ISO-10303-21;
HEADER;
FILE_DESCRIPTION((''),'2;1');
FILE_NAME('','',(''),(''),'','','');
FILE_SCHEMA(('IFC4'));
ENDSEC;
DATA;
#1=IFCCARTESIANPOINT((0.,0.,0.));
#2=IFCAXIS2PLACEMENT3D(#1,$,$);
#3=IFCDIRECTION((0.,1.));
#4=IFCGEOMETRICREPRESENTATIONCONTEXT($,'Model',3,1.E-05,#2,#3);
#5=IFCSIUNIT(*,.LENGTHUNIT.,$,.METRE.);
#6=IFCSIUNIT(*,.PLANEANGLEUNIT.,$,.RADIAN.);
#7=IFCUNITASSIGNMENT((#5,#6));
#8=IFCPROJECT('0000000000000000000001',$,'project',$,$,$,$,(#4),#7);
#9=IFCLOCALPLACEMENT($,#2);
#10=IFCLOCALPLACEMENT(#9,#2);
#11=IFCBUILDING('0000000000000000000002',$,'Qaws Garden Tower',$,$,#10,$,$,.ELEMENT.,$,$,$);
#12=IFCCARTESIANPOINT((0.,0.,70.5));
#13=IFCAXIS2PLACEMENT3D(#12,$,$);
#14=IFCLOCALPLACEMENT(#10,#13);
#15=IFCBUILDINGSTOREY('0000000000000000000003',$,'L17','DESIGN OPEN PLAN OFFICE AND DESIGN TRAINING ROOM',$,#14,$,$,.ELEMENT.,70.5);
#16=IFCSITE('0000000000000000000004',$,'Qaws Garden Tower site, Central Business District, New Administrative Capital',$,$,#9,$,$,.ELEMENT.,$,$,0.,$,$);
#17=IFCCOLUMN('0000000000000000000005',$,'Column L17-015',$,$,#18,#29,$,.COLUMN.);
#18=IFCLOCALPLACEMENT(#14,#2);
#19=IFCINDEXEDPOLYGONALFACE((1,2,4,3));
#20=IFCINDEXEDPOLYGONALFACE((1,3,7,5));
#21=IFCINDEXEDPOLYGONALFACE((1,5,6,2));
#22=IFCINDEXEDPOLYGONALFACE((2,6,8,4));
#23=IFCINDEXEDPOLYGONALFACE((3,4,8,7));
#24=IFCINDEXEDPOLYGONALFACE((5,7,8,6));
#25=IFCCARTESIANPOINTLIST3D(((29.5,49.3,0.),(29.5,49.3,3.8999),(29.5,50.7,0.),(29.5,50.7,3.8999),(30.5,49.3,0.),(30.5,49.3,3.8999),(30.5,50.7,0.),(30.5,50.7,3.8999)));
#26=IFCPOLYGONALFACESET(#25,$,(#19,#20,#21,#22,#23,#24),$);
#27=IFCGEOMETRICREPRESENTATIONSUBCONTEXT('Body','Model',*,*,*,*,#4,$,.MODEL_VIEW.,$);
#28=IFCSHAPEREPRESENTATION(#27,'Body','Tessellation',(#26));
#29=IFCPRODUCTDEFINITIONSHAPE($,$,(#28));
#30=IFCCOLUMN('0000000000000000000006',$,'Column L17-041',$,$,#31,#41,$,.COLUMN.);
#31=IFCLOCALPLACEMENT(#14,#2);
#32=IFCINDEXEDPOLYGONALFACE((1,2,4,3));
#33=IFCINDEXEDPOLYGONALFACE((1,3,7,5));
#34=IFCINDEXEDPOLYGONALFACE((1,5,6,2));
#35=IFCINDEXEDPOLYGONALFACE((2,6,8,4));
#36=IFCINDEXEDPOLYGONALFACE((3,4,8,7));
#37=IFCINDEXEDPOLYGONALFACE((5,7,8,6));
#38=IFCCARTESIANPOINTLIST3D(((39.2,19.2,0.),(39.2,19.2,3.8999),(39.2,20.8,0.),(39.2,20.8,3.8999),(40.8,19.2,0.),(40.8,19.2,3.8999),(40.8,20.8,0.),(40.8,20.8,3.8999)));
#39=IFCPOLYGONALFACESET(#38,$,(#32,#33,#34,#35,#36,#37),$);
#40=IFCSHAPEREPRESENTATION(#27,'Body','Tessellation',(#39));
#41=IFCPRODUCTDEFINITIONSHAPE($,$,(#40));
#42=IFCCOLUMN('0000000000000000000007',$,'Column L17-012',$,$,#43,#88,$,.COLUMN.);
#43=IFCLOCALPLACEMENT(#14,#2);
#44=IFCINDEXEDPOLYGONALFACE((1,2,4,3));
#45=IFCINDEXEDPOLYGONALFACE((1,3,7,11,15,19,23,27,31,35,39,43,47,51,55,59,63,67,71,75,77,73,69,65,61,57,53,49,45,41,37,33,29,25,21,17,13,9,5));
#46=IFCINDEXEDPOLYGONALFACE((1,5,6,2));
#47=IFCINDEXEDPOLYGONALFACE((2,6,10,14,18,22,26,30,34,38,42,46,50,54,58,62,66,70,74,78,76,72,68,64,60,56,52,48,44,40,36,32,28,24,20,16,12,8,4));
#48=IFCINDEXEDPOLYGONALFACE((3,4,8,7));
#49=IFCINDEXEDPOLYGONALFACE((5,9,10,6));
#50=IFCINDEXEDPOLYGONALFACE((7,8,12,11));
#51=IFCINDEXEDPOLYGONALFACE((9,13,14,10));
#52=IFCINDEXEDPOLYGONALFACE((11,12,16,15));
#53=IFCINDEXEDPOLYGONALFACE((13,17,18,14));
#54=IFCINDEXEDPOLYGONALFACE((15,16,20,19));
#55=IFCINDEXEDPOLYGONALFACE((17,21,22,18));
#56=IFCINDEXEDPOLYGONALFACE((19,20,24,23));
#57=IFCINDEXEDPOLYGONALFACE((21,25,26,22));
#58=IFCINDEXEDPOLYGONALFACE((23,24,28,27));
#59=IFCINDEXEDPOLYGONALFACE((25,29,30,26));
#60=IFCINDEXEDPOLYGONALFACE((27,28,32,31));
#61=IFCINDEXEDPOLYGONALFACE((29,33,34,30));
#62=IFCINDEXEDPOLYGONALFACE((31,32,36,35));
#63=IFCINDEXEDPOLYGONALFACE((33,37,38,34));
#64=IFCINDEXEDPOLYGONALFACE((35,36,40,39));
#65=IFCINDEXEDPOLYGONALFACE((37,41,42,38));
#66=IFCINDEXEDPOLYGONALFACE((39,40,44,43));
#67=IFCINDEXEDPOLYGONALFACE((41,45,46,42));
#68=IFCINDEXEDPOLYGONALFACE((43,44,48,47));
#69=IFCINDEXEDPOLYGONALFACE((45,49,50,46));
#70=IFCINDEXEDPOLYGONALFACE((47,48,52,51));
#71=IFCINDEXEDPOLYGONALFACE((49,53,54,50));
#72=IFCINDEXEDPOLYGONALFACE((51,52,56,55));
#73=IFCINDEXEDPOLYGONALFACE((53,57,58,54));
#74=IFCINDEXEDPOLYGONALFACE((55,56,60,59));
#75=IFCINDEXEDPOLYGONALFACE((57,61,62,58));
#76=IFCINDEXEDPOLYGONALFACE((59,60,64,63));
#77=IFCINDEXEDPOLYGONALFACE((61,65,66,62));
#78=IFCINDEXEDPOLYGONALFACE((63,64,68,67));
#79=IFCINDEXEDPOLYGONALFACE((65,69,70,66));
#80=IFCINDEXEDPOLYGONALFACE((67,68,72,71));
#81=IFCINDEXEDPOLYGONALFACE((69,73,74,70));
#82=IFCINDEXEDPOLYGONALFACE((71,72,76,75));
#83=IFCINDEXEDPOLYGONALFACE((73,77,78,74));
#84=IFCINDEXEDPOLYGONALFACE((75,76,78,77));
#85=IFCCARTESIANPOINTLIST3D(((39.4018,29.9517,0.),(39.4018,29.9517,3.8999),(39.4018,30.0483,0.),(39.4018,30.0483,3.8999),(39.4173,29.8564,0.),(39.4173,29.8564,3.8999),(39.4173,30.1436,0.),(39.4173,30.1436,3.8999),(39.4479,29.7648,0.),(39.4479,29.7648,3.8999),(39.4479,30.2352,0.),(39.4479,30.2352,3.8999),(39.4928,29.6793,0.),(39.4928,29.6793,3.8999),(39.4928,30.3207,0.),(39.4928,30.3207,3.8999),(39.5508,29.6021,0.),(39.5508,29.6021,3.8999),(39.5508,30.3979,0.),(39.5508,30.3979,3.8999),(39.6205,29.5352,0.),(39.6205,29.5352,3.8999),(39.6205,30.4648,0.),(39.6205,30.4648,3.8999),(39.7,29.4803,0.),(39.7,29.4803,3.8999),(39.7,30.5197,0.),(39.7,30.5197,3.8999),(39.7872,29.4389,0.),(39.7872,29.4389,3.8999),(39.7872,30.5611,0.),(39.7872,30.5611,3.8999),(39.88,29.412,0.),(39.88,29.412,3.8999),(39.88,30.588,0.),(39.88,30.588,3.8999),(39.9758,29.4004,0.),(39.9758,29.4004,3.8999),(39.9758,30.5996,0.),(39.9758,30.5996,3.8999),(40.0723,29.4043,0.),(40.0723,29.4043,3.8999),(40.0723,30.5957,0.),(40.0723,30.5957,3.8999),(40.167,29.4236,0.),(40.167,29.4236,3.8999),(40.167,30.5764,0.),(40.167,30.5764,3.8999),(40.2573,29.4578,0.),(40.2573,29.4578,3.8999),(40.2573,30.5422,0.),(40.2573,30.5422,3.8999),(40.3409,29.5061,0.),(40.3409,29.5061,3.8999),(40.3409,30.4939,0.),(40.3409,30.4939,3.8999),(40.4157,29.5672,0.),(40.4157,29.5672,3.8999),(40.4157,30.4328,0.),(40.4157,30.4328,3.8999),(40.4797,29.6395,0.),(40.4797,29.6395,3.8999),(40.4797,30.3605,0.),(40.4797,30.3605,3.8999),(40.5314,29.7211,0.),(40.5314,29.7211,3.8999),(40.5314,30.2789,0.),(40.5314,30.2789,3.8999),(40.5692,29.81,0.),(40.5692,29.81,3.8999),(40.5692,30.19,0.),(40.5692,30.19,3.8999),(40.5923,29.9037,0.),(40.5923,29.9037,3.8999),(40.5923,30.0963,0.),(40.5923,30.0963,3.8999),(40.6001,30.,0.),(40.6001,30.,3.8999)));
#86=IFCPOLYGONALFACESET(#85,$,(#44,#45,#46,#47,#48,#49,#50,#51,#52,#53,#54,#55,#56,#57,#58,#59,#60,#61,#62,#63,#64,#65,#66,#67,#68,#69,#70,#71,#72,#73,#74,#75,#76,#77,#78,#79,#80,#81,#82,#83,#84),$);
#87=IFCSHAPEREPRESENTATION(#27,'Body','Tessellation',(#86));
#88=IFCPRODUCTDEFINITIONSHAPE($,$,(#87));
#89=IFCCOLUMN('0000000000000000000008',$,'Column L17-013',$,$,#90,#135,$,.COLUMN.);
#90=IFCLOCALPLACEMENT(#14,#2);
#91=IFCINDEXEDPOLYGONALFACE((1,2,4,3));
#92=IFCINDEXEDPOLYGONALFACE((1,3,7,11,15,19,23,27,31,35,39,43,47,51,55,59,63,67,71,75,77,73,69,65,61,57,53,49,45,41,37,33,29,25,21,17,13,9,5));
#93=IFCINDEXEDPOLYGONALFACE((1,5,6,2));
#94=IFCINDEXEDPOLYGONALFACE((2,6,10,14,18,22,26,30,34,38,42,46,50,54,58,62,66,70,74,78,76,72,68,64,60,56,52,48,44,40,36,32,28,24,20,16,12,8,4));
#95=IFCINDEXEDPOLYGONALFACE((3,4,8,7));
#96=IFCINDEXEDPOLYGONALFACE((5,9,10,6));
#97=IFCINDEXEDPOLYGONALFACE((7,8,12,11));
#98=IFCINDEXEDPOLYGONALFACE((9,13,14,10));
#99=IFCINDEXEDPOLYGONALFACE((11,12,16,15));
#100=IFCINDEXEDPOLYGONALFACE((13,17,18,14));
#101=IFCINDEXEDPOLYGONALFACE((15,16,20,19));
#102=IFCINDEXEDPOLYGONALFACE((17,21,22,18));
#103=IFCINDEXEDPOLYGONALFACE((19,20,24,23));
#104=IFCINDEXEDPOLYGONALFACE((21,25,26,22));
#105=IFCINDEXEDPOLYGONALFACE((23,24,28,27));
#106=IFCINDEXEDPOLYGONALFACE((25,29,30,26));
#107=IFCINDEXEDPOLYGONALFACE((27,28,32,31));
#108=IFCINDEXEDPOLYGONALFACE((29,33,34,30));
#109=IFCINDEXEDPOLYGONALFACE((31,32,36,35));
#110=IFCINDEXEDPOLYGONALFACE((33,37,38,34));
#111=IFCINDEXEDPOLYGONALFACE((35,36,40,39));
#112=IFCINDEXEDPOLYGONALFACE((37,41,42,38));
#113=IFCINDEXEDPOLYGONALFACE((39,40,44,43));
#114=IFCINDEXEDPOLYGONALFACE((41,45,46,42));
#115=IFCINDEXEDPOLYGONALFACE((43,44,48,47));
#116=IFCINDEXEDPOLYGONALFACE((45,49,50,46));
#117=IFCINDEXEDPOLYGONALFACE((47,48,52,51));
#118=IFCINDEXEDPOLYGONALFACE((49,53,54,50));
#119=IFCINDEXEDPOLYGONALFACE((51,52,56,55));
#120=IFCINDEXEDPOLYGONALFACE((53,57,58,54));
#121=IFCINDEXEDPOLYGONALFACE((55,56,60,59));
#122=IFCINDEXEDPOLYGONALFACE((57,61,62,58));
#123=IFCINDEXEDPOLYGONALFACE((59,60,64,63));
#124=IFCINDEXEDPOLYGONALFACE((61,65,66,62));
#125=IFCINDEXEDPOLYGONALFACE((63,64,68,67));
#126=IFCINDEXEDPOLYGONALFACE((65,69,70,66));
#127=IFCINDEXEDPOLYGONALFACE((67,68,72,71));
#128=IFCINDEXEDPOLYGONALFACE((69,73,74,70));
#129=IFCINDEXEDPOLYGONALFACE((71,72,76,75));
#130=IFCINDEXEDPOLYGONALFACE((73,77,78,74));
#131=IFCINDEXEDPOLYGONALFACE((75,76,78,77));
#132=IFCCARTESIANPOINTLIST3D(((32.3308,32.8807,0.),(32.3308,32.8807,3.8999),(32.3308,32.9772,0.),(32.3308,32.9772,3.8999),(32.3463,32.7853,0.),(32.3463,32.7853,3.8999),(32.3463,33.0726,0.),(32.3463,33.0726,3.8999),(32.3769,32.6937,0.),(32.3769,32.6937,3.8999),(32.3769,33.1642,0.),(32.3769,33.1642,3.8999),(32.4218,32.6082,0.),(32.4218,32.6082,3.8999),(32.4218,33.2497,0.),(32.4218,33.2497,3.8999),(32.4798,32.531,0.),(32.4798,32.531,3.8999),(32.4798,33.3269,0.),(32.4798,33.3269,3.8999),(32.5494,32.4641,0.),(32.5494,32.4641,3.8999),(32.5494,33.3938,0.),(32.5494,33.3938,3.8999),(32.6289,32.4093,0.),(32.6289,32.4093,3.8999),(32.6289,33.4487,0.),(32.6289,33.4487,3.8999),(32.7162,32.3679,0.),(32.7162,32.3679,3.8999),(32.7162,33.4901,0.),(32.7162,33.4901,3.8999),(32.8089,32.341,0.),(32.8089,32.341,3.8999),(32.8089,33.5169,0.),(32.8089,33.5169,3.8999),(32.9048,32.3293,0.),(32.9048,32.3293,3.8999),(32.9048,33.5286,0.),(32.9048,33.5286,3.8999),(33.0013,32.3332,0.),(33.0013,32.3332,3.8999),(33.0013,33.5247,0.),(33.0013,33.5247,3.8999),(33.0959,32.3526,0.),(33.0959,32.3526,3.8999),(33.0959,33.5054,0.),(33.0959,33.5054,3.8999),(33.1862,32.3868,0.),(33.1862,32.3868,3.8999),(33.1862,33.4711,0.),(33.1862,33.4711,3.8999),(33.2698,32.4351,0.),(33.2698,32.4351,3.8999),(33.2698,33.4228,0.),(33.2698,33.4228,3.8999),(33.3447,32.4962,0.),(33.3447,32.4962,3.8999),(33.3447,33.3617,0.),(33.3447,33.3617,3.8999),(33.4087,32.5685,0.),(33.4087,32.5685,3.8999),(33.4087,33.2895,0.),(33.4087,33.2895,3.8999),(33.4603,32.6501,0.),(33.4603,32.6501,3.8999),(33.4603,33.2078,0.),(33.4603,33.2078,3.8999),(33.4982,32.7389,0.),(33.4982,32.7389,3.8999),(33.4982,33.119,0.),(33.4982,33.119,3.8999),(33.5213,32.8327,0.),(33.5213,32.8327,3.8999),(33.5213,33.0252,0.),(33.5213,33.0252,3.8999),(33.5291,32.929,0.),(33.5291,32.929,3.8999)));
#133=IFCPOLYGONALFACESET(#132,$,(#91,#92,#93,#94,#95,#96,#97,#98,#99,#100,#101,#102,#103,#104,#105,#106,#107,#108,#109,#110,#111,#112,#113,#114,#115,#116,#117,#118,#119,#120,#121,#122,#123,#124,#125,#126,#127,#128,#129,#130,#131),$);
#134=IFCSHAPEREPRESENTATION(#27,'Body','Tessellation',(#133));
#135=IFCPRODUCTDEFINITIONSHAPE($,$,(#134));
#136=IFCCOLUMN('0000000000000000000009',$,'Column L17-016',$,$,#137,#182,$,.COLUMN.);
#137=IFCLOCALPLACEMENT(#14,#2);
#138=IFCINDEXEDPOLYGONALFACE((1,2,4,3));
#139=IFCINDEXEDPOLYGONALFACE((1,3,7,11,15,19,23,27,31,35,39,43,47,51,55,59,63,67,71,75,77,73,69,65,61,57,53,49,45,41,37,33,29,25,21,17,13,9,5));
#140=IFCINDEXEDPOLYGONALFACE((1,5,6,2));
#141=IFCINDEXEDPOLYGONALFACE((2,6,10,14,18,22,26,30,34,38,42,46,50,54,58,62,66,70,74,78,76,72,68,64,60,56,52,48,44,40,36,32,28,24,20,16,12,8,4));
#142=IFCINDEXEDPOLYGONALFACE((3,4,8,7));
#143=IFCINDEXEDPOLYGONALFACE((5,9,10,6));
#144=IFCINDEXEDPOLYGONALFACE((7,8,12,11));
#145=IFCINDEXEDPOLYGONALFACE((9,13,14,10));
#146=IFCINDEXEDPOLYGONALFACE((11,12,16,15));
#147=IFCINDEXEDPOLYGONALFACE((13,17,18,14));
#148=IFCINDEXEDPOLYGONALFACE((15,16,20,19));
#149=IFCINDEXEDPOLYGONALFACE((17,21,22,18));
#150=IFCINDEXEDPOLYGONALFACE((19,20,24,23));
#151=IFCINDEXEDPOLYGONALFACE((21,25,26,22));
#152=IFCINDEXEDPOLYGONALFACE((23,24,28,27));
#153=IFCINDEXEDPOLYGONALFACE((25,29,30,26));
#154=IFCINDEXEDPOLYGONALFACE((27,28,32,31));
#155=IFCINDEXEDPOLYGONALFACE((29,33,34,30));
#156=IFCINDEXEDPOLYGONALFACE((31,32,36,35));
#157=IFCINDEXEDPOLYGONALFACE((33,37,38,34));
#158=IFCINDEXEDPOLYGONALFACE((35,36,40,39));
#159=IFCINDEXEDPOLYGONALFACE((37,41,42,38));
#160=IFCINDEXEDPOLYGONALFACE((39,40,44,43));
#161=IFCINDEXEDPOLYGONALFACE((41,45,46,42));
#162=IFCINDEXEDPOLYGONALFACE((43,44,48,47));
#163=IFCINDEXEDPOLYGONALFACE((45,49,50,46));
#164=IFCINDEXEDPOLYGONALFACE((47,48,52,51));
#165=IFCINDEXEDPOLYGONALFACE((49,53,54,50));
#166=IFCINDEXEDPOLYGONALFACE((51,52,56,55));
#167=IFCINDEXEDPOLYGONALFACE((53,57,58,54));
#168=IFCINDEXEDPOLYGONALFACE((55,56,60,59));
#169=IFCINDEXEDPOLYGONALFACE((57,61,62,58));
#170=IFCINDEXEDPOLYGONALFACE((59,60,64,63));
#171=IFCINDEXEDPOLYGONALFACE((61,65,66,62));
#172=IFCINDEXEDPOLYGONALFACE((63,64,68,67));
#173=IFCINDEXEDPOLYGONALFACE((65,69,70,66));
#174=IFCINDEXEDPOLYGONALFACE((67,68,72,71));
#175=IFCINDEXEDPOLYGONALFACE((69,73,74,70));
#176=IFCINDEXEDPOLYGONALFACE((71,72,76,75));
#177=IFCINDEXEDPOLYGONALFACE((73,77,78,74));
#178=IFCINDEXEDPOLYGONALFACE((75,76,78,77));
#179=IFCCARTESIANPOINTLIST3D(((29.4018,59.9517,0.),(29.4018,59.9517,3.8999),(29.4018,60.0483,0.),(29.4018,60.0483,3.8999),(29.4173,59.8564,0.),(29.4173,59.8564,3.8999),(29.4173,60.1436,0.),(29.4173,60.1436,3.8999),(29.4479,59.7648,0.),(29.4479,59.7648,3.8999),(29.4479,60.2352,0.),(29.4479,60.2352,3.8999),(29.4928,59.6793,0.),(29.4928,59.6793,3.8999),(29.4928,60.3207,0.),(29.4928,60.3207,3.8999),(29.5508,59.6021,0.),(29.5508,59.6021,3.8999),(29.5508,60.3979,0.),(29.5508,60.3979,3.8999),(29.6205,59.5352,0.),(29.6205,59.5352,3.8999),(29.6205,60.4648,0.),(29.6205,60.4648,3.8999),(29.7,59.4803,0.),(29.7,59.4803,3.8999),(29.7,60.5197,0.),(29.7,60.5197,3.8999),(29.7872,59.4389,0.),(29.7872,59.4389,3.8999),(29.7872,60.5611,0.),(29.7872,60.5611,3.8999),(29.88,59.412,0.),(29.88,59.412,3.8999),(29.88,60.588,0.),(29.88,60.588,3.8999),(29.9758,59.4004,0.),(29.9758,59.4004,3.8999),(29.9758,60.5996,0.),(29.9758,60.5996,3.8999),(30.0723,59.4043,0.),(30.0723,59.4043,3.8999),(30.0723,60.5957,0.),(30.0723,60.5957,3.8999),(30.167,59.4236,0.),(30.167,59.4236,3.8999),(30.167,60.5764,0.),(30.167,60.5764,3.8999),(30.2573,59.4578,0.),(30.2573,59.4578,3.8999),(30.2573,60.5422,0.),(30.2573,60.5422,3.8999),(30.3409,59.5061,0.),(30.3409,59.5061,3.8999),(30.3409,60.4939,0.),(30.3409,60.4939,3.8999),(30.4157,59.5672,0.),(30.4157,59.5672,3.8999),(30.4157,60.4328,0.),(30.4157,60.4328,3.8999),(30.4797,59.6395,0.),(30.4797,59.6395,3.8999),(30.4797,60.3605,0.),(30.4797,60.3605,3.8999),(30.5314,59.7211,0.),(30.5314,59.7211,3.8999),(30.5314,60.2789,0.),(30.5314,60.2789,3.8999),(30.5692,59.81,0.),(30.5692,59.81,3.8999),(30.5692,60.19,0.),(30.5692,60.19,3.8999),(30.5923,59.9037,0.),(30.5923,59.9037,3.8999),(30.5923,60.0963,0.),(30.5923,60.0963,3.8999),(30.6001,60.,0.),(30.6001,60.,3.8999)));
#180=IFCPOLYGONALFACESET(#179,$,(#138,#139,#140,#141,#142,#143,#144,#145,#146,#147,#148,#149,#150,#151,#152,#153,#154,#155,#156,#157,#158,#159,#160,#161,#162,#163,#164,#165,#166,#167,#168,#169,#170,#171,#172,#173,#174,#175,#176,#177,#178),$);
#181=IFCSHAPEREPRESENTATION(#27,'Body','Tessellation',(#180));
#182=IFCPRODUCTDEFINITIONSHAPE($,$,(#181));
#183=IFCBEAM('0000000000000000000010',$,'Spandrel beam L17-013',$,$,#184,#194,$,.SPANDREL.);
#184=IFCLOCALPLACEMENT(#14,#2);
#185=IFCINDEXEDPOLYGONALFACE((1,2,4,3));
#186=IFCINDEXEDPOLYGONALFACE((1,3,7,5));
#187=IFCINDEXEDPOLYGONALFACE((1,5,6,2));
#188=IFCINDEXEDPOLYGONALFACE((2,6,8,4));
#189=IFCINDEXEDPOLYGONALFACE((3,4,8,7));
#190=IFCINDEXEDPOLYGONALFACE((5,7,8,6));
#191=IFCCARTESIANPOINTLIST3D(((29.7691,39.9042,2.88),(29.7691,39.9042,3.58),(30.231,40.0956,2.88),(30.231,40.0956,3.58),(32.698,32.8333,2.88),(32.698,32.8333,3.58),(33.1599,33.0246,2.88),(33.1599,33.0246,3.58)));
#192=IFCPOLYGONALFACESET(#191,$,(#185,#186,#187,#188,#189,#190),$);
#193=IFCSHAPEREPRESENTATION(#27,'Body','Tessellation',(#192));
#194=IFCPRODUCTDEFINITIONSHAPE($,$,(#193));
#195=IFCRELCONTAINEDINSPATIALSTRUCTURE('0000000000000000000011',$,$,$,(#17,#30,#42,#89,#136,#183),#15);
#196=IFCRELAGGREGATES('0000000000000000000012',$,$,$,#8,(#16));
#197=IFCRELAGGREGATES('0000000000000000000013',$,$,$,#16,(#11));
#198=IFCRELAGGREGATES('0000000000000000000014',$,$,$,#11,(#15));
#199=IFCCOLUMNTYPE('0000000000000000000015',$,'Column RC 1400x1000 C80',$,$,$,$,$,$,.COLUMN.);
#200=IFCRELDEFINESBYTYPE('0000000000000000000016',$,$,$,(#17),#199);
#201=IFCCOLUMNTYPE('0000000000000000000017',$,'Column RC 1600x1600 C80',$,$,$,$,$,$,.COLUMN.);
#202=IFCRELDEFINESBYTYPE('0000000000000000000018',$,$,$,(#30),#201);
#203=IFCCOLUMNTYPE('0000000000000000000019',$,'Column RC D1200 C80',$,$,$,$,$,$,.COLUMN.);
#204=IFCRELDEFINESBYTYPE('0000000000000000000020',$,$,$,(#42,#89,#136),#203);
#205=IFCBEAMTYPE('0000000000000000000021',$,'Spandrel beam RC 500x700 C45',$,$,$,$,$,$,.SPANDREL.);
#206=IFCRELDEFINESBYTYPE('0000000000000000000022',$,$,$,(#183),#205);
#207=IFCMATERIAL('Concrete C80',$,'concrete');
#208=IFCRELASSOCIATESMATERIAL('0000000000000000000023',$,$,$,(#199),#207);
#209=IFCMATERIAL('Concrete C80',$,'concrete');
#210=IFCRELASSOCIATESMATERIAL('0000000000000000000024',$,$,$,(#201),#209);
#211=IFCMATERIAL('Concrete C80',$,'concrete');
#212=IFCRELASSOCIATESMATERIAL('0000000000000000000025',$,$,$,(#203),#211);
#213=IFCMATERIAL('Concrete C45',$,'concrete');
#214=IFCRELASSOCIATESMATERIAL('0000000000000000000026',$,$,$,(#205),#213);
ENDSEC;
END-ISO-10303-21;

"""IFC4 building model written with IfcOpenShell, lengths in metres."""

from ifc_helpers import new_model, si_unit, direction, frame, origin, origin_2d, place, context, subcontext, project, spatial, rectangle, circle, extrude, material, material_profile, profile_set, type_object, element, save


model = new_model("IFC4")

# Units and contexts
model_context = context("Model", 3, precision=1e-05, world=origin(), true_north=direction((0.0, 1.0)))
body_context = subcontext(model_context, "Body", "Model", "MODEL_VIEW")
ifc_project = project(units=[si_unit("LENGTHUNIT", "METRE"), si_unit("PLANEANGLEUNIT", "RADIAN")], contexts=[model_context])

# Site, building, storey
site_placement = place(None, origin())
site = spatial("IfcSite", under=ifc_project, at=site_placement, Name="Qaws Garden Tower site, Central Business District, New Administrative Capital", CompositionType="ELEMENT", RefElevation=0.0)
building_placement = place(site_placement, origin())
building = spatial("IfcBuilding", under=site, at=building_placement, Name="Qaws Garden Tower", CompositionType="ELEMENT")
storey_placement = place(building_placement, frame((0.0, 0.0, 70.5)))
storey = spatial("IfcBuildingStorey", under=building, at=storey_placement, Name="L17", Description="DESIGN OPEN PLAN OFFICE AND DESIGN TRAINING ROOM", CompositionType="ELEMENT", Elevation=70.5)

# Columns
ifc_material_1 = material(Name="Concrete C80", Category="concrete")
ifc_material_profile_1 = material_profile(ifc_material_1, rectangle(XDim=1.3999, YDim=1.0, at=origin_2d()), Name="RC 1400x1000")
ifc_profile_set_1 = profile_set([ifc_material_profile_1], Name="Concrete C80")
column_type_1 = type_object("IfcColumnType", Name="Column RC 1400x1000 C80", PredefinedType="COLUMN", material=ifc_profile_set_1)
column_1_placement = place(storey_placement, frame((30.0, 50.0, 0.0), z_axis=(0.0, 0.0, 1.0), x_axis=(0.0, 1.0, 0.0)))
element("IfcColumn", 1, at=column_1_placement, inside=storey, type_object=column_type_1, Name="Column L17-015", PredefinedType="COLUMN", context=body_context, shape_type="SweptSolid", body=[
    extrude(rectangle(XDim=1.3999, YDim=1.0, at=origin_2d()), origin(), (0.0, 0.0, 1.0), 3.8999),
])
ifc_material_2 = material(Name="Concrete C80", Category="concrete")
ifc_material_profile_2 = material_profile(ifc_material_2, rectangle(XDim=1.6001, YDim=1.6001, at=origin_2d()), Name="RC 1600x1600")
ifc_profile_set_2 = profile_set([ifc_material_profile_2], Name="Concrete C80")
column_type_2 = type_object("IfcColumnType", Name="Column RC 1600x1600 C80", PredefinedType="COLUMN", material=ifc_profile_set_2)
column_2_placement = place(storey_placement, frame((40.0, 20.0, 0.0), z_axis=(0.0, 0.0, 1.0), x_axis=(1.0, 0.0, 0.0)))
element("IfcColumn", 2, at=column_2_placement, inside=storey, type_object=column_type_2, Name="Column L17-041", PredefinedType="COLUMN", context=body_context, shape_type="SweptSolid", body=[
    extrude(rectangle(XDim=1.6001, YDim=1.6001, at=origin_2d()), origin(), (0.0, 0.0, 1.0), 3.8999),
])
ifc_material_3 = material(Name="Concrete C80", Category="concrete")
ifc_material_profile_3 = material_profile(ifc_material_3, circle(Radius=0.6001, at=origin_2d()), Name="RC D1200")
ifc_profile_set_3 = profile_set([ifc_material_profile_3], Name="Concrete C80")
column_type_3 = type_object("IfcColumnType", Name="Column RC D1200 C80", PredefinedType="COLUMN", material=ifc_profile_set_3)
for number, where, z_axis, x_axis, name in (
    (3, (40.0, 30.0, 0.0), (0.0, 0.0, 1.0), (1.0, 0.0, 0.0), "Column L17-012"),
    (4, (32.929, 32.929, 0.0), (0.0, 0.0, 1.0), (1.0, 0.0, 0.0), "Column L17-013"),
    (5, (30.0, 60.0, 0.0), (0.0, 0.0, 1.0), (1.0, 0.0, 0.0), "Column L17-016"),
):
    element("IfcColumn", number, at=place(storey_placement, frame(where, z_axis=z_axis, x_axis=x_axis)), inside=storey, type_object=column_type_3, Name=name, PredefinedType="COLUMN", context=body_context, shape_type="SweptSolid", body=[
        extrude(circle(Radius=0.6001, at=origin_2d()), origin(), (0.0, 0.0, 1.0), 3.8999),
    ])

# Beam
ifc_material_4 = material(Name="Concrete C45", Category="concrete")
ifc_material_profile_4 = material_profile(ifc_material_4, rectangle(XDim=0.5, YDim=0.7, at=origin_2d()), Name="RC 500x700")
ifc_profile_set_4 = profile_set([ifc_material_profile_4], Name="Concrete C45")
beam_type = type_object("IfcBeamType", Name="Spandrel beam RC 500x700 C45", PredefinedType="SPANDREL", material=ifc_profile_set_4)
beam_1_placement = place(storey_placement, frame((32.929, 32.929, 3.23), z_axis=(-0.382687, 0.923878, 0.0), x_axis=(-0.923878, -0.382687, 0.0)))
element("IfcBeam", 6, at=beam_1_placement, inside=storey, type_object=beam_type, Name="Spandrel beam L17-013", PredefinedType="SPANDREL", context=body_context, shape_type="SweptSolid", body=[
    extrude(rectangle(XDim=0.5, YDim=0.7, at=origin_2d()), origin(), (0.0, 0.0, 1.0), 7.6536),
])

save(model, "model.ifc")
